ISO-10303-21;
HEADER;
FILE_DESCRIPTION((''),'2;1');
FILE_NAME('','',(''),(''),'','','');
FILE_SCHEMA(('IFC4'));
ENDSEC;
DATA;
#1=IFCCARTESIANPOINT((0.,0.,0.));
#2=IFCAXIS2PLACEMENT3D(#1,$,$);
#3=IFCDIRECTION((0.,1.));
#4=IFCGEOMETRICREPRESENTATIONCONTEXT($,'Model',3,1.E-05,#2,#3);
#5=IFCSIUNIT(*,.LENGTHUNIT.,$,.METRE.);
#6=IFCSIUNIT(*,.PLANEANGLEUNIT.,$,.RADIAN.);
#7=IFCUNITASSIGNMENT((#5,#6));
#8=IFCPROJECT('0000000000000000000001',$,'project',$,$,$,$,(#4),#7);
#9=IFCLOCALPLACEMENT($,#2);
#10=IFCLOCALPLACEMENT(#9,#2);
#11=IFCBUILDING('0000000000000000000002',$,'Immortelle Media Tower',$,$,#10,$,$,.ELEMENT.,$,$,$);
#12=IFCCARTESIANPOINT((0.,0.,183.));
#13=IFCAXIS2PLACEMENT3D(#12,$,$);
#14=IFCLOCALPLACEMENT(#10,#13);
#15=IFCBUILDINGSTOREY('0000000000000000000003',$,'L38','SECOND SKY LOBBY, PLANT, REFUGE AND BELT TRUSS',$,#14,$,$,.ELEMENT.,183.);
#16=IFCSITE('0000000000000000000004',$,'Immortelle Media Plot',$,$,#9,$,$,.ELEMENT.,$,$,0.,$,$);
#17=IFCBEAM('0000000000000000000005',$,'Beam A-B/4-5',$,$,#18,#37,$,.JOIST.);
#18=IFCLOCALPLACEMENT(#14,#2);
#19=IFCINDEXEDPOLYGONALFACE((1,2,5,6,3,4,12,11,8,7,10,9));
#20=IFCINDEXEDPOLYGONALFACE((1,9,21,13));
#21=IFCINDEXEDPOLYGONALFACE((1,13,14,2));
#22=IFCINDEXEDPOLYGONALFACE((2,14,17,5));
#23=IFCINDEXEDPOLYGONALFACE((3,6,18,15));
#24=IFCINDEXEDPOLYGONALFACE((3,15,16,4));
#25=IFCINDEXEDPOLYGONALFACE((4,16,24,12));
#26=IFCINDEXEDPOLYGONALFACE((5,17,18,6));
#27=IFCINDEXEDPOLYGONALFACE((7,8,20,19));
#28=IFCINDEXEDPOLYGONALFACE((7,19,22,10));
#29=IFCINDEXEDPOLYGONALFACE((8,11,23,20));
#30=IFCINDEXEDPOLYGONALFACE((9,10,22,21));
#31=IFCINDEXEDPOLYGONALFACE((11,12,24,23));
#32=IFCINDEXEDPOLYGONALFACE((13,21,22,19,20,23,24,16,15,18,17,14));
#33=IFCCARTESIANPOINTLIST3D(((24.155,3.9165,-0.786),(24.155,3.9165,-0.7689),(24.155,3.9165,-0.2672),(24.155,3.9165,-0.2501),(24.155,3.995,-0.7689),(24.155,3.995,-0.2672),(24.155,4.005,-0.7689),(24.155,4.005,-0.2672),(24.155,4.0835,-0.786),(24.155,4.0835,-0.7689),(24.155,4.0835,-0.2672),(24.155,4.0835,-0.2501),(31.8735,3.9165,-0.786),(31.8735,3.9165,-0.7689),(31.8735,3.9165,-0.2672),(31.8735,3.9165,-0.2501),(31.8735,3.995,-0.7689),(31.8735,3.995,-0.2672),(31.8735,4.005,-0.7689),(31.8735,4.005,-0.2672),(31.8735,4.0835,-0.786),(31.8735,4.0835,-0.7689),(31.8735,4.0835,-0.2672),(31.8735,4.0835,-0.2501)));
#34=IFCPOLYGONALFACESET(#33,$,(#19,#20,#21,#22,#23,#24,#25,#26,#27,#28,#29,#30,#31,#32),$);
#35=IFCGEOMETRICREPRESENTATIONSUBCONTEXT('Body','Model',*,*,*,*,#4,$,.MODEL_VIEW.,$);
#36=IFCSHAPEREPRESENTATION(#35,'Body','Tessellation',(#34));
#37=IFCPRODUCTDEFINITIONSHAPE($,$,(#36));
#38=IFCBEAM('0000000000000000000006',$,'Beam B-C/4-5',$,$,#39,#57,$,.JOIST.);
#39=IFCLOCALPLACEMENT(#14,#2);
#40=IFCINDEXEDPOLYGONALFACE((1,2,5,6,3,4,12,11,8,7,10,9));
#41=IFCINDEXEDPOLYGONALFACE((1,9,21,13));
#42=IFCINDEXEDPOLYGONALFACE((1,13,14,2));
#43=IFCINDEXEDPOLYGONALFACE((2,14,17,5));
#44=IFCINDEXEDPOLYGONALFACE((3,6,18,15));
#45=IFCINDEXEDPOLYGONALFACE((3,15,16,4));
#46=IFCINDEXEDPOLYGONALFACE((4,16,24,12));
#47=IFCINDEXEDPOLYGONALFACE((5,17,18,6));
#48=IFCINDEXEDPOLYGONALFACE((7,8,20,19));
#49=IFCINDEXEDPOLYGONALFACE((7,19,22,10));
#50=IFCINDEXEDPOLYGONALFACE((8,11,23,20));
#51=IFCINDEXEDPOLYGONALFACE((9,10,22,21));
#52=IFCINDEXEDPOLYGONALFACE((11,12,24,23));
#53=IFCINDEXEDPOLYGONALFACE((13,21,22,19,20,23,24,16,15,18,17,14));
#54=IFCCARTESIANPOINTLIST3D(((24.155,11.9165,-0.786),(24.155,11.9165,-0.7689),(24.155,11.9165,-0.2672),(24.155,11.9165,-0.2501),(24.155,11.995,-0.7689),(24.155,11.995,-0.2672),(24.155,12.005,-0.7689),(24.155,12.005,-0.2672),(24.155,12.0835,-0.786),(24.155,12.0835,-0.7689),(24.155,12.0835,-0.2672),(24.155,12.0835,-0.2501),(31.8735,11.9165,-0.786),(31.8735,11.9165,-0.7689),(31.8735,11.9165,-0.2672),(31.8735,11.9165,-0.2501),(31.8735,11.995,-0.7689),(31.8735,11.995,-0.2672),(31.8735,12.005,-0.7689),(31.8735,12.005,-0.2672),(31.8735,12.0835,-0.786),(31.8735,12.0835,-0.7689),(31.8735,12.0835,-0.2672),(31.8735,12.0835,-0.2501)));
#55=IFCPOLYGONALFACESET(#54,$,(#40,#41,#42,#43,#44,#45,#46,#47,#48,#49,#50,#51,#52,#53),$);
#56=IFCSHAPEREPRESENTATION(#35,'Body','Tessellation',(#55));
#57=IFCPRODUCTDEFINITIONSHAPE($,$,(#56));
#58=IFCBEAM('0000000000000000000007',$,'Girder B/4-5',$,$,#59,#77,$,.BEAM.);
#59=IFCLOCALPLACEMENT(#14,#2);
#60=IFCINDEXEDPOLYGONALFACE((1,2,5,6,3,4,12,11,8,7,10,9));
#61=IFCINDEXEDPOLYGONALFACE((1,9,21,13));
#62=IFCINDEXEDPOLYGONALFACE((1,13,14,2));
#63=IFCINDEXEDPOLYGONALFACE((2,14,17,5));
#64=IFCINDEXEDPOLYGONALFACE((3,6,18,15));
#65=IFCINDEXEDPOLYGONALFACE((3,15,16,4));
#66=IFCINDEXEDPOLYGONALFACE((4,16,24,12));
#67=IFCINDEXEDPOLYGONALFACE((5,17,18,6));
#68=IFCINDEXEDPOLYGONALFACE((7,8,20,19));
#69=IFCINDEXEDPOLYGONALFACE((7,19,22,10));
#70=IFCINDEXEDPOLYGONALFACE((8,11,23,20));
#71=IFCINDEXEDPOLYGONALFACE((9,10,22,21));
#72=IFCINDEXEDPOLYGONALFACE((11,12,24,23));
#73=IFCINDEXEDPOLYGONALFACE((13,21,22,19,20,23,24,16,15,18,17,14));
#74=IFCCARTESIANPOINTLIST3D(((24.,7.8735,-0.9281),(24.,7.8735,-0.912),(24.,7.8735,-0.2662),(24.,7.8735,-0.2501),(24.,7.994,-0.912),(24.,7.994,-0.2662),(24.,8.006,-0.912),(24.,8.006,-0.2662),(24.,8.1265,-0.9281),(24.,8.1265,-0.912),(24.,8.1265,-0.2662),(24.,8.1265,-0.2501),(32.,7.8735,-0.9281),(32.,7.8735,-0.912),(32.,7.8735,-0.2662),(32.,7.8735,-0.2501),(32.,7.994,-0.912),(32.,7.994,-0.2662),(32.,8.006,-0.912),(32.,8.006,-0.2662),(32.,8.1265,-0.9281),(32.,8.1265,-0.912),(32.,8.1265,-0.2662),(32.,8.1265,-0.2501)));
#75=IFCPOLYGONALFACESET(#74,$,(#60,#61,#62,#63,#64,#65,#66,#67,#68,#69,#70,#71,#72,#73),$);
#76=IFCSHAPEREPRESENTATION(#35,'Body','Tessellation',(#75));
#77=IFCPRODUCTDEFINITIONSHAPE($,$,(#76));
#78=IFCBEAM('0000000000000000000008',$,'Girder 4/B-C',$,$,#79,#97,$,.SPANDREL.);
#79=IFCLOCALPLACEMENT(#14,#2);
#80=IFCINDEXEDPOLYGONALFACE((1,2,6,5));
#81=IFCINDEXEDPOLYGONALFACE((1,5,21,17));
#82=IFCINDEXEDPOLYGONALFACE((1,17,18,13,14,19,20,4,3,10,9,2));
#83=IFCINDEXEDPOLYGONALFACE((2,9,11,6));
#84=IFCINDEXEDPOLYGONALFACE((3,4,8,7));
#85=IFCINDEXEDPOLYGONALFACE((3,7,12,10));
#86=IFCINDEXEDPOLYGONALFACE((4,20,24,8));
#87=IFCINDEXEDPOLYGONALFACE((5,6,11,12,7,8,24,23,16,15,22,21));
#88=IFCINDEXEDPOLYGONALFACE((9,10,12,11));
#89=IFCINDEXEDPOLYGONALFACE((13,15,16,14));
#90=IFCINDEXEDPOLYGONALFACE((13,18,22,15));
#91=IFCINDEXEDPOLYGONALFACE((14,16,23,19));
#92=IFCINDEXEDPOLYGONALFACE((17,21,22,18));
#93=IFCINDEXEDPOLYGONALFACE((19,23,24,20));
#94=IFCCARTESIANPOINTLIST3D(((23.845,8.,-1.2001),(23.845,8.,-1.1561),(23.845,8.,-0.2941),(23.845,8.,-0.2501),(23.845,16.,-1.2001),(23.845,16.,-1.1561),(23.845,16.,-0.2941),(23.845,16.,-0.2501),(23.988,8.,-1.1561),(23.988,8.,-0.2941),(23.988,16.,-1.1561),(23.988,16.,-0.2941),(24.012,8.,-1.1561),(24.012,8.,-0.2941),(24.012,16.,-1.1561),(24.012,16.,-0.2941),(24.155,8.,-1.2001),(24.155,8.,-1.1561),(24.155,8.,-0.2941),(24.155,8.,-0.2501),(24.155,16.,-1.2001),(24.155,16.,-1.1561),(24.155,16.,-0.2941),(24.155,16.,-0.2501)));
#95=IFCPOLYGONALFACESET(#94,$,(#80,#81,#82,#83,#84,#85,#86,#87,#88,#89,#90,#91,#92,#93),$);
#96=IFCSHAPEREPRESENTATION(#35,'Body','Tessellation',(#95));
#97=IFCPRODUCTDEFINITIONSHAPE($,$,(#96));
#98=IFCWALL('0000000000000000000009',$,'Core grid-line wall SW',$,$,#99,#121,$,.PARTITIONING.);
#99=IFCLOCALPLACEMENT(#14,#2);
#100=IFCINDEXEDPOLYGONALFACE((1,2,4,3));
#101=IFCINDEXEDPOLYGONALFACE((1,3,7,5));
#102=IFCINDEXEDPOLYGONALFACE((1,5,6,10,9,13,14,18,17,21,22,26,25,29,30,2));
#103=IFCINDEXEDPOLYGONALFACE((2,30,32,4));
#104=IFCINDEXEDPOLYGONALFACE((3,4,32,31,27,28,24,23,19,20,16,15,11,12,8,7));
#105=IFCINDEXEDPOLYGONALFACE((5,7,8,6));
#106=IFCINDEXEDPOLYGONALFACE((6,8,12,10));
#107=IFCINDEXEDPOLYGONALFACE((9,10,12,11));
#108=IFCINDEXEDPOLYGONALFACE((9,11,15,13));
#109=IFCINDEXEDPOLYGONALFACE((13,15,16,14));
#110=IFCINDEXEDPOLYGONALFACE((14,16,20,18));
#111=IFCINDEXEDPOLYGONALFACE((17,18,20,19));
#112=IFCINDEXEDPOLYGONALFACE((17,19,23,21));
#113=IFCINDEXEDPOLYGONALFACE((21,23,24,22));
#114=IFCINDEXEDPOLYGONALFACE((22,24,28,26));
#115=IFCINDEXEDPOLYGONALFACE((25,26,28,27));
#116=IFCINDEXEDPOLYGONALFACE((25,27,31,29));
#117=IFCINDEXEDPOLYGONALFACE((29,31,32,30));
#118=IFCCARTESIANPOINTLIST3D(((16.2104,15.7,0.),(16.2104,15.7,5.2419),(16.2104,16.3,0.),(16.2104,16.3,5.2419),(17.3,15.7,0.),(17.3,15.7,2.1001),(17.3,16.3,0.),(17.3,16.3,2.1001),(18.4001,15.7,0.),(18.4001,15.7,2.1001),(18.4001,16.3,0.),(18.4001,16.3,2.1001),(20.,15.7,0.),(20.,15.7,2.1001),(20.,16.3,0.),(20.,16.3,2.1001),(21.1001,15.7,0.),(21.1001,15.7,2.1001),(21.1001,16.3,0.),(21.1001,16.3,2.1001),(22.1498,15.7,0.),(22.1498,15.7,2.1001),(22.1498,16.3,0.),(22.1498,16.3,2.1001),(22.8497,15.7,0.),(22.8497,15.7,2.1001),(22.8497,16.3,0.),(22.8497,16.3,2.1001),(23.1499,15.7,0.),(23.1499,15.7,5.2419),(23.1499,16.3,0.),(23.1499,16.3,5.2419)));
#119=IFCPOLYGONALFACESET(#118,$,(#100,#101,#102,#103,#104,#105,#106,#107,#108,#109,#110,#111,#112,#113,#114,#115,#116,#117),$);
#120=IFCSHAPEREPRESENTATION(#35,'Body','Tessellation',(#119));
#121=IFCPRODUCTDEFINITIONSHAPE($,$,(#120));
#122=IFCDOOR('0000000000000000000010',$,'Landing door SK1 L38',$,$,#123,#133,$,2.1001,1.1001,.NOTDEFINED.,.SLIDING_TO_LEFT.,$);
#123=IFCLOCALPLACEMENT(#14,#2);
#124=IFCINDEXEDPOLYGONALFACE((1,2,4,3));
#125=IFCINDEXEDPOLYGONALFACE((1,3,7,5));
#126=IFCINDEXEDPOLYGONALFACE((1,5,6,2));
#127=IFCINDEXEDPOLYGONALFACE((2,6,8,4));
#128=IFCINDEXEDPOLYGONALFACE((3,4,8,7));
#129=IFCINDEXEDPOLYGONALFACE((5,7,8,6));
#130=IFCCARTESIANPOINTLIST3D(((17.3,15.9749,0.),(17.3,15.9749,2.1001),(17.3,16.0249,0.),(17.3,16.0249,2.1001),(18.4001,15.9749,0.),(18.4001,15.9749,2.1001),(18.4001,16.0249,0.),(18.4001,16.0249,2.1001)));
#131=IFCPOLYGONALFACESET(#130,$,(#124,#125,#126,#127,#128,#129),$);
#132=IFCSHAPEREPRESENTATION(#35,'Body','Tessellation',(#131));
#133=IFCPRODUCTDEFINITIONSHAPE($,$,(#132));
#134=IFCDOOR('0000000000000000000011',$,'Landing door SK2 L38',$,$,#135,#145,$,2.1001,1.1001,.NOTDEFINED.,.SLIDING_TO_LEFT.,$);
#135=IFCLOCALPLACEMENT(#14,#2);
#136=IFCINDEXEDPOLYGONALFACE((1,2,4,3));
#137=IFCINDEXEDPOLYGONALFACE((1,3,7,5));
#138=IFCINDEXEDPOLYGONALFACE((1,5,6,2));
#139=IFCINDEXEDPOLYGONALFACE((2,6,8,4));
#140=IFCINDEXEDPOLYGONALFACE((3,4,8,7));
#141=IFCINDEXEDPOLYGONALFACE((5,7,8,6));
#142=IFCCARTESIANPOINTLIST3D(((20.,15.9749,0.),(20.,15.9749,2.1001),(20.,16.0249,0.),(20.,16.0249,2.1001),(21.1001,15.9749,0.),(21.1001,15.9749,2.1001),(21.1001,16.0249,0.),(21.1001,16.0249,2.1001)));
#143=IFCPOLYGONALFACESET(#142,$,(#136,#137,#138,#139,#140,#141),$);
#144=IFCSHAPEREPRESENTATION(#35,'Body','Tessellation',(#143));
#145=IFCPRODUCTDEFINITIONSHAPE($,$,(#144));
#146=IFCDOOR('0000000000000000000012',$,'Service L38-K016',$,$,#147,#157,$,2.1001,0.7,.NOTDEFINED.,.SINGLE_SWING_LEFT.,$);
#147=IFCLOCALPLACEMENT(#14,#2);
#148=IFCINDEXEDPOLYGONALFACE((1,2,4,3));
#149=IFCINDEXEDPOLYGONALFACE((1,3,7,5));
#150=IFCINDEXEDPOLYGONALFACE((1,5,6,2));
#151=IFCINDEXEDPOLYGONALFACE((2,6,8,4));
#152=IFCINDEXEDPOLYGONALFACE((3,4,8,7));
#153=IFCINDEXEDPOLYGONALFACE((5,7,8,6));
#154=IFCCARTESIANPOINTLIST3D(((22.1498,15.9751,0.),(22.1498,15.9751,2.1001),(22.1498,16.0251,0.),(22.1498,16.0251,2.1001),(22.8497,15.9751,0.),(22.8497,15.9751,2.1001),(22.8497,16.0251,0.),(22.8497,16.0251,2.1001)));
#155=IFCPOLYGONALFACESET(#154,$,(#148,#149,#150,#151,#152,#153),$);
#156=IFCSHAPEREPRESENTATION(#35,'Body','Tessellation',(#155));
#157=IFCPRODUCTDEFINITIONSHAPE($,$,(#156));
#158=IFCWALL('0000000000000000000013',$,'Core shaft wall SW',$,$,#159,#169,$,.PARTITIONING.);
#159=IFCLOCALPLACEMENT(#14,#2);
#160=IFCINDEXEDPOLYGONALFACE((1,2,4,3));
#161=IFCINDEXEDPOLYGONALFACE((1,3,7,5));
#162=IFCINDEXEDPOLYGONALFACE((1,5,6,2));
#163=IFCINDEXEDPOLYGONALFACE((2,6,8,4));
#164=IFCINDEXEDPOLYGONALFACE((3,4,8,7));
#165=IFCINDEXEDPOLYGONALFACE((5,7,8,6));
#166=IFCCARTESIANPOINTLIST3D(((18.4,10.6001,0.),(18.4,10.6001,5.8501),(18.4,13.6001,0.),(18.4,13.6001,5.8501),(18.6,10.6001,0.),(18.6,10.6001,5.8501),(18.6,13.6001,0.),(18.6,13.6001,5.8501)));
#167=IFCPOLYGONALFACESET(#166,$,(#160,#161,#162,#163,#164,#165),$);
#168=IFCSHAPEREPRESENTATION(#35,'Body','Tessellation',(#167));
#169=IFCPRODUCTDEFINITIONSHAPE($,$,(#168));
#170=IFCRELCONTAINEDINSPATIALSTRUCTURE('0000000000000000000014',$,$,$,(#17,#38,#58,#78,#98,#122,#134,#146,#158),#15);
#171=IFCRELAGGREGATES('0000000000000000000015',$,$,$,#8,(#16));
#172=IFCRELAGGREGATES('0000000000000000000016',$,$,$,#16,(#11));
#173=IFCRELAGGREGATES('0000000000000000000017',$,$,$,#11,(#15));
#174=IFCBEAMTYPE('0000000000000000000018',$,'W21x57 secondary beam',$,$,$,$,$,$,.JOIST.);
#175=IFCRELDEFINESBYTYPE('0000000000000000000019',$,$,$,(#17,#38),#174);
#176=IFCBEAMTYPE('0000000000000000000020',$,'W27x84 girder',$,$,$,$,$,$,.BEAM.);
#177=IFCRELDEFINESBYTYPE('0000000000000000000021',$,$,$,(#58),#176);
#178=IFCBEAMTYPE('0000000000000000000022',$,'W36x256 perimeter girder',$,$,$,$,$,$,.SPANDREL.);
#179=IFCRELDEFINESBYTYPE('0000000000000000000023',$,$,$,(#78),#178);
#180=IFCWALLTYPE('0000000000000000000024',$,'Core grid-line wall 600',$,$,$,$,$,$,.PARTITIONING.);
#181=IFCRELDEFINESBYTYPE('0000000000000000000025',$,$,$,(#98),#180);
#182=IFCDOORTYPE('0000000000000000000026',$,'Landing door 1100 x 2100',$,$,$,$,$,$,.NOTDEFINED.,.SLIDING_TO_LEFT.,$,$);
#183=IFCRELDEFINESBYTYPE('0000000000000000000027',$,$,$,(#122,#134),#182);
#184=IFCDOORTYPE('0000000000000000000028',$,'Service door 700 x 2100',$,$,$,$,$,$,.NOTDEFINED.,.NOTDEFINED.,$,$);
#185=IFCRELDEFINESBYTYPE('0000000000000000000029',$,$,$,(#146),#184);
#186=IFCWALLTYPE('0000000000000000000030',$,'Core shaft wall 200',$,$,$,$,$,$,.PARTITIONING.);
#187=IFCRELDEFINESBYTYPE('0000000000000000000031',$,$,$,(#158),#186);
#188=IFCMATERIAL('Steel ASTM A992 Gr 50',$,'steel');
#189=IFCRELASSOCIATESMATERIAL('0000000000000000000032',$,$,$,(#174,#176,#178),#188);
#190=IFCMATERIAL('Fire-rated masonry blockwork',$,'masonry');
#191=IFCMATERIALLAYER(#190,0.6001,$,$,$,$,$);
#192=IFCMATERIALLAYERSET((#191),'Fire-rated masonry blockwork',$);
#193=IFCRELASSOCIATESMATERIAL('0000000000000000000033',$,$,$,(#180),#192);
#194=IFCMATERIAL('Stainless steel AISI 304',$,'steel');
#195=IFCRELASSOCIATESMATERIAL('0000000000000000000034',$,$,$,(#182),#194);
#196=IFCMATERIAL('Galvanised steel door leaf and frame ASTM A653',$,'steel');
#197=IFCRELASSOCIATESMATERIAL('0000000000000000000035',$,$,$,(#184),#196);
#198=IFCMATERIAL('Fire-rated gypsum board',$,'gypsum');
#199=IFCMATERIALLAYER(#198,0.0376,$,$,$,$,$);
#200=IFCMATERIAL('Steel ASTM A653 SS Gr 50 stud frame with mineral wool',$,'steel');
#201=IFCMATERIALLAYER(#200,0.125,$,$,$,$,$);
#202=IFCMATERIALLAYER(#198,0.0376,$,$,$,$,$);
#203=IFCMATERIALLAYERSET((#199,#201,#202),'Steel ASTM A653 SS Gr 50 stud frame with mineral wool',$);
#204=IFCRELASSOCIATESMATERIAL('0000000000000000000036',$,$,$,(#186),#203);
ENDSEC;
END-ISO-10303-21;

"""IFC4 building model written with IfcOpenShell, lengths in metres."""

from ifc_helpers import new_model, si_unit, direction, frame, frame_2d, origin, origin_2d, place, context, subcontext, project, spatial, rectangle, i_section, extrude, material, layer, layer_set, material_profile, profile_set, type_object, element, fill, save


model = new_model("IFC4")

# Units and contexts
model_context = context("Model", 3, precision=1e-05, world=origin(), true_north=direction((0.0, 1.0)))
body_context = subcontext(model_context, "Body", "Model", "MODEL_VIEW")
ifc_project = project(units=[si_unit("LENGTHUNIT", "METRE"), si_unit("PLANEANGLEUNIT", "RADIAN")], contexts=[model_context])

# Site, building, storey
site_placement = place(None, origin())
site = spatial("IfcSite", under=ifc_project, at=site_placement, Name="Immortelle Media Plot", CompositionType="ELEMENT", RefElevation=0.0)
building_placement = place(site_placement, origin())
building = spatial("IfcBuilding", under=site, at=building_placement, Name="Immortelle Media Tower", CompositionType="ELEMENT")
storey_placement = place(building_placement, frame((0.0, 0.0, 183.0)))
storey = spatial("IfcBuildingStorey", under=building, at=storey_placement, Name="L38", Description="SECOND SKY LOBBY, PLANT, REFUGE AND BELT TRUSS", CompositionType="ELEMENT", Elevation=183.0)

# Shared definitions
ifc_material_1 = material(Name="Steel ASTM A992 Gr 50", Category="steel")

# Beams
ifc_material_profile_1 = material_profile(ifc_material_1, i_section(OverallWidth=0.167, OverallDepth=0.5359, WebThickness=0.01, FlangeThickness=0.0171, at=origin_2d()), Name="W21x57")
ifc_profile_set_1 = profile_set([ifc_material_profile_1], Name="Steel ASTM A992 Gr 50")
beam_type_1 = type_object("IfcBeamType", Name="W21x57 secondary beam", PredefinedType="JOIST", material=ifc_profile_set_1)
for number, where, z_axis, x_axis, name in (
    (1, (24.155, 4.0, -0.5181), (1.0, 0.0, 0.0), (0.0, 1.0, 0.0), "Beam A-B/4-5"),
    (2, (24.155, 12.0, -0.5181), (1.0, 0.0, 0.0), (0.0, 1.0, 0.0), "Beam B-C/4-5"),
):
    element("IfcBeam", number, at=place(storey_placement, frame(where, z_axis=z_axis, x_axis=x_axis)), inside=storey, type_object=beam_type_1, Name=name, PredefinedType="JOIST", context=body_context, shape_type="SweptSolid", body=[
        extrude(i_section(OverallWidth=0.167, OverallDepth=0.5359, WebThickness=0.01, FlangeThickness=0.0171, at=origin_2d()), origin(), (0.0, 0.0, 1.0), 7.7185),
    ])
ifc_material_profile_2 = material_profile(ifc_material_1, i_section(OverallWidth=0.2529, OverallDepth=0.678, WebThickness=0.012, FlangeThickness=0.0161, at=origin_2d()), Name="W27x84")
ifc_profile_set_2 = profile_set([ifc_material_profile_2], Name="Steel ASTM A992 Gr 50")
beam_type_2 = type_object("IfcBeamType", Name="W27x84 girder", PredefinedType="BEAM", material=ifc_profile_set_2)
beam_1_placement = place(storey_placement, frame((24.0, 8.0, -0.5891), z_axis=(1.0, 0.0, 0.0), x_axis=(0.0, 1.0, 0.0)))
element("IfcBeam", 3, at=beam_1_placement, inside=storey, type_object=beam_type_2, Name="Girder B/4-5", PredefinedType="BEAM", context=body_context, shape_type="SweptSolid", body=[
    extrude(i_section(OverallWidth=0.2529, OverallDepth=0.678, WebThickness=0.012, FlangeThickness=0.0161, at=origin_2d()), origin(), (0.0, 0.0, 1.0), 8.0),
])
ifc_material_profile_3 = material_profile(ifc_material_1, i_section(OverallWidth=0.3101, OverallDepth=0.95, WebThickness=0.0239, FlangeThickness=0.0439, at=origin_2d()), Name="W36x256")
ifc_profile_set_3 = profile_set([ifc_material_profile_3], Name="Steel ASTM A992 Gr 50")
beam_type_3 = type_object("IfcBeamType", Name="W36x256 perimeter girder", PredefinedType="SPANDREL", material=ifc_profile_set_3)
beam_2_placement = place(storey_placement, frame((24.0, 8.0, -0.7251), z_axis=(0.0, 1.0, 0.0), x_axis=(-1.0, 0.0, 0.0)))
element("IfcBeam", 4, at=beam_2_placement, inside=storey, type_object=beam_type_3, Name="Girder 4/B-C", PredefinedType="SPANDREL", context=body_context, shape_type="SweptSolid", body=[
    extrude(i_section(OverallWidth=0.3101, OverallDepth=0.95, WebThickness=0.0239, FlangeThickness=0.0439, at=origin_2d()), origin(), (0.0, 0.0, 1.0), 8.0),
])

# Wall, openings, doors
ifc_material_2 = material(Name="Fire-rated masonry blockwork", Category="masonry")
ifc_layer_1 = layer(ifc_material_2, 0.6001)
ifc_layer_set_1 = layer_set([ifc_layer_1], Name="Fire-rated masonry blockwork")
wall_type_1 = type_object("IfcWallType", Name="Core grid-line wall 600", PredefinedType="PARTITIONING", material=ifc_layer_set_1)
wall_1_placement = place(storey_placement, frame((16.2104, 16.0, 0.0), z_axis=(0.0, 0.0, 1.0), x_axis=(1.0, 0.0, 0.0)))
wall_1 = element("IfcWall", 5, at=wall_1_placement, inside=storey, type_object=wall_type_1, Name="Core grid-line wall SW", PredefinedType="PARTITIONING", context=body_context, shape_type="SweptSolid", body=[
    extrude(rectangle(XDim=6.9395, YDim=0.6001, at=frame_2d((3.4697, 0.0))), origin(), (0.0, 0.0, 1.0), 5.2419),
])
opening_1_placement = place(wall_1_placement, frame((1.0896, 0.0, 0.0)))
opening_1 = element("IfcOpeningElement", 6, at=opening_1_placement, cuts=wall_1, PredefinedType="OPENING", context=body_context, shape_type="SweptSolid", body=[
    extrude(rectangle(XDim=1.1001, YDim=2.1001, at=frame_2d((0.55, 1.05))), frame((0.0, 0.3101, 0.0), z_axis=(0.0, -1.0, 0.0), x_axis=(1.0, 0.0, 0.0)), (0.0, 0.0, 1.0), 0.6201),
])
opening_2_placement = place(wall_1_placement, frame((3.7896, 0.0, 0.0)))
opening_2 = element("IfcOpeningElement", 7, at=opening_2_placement, cuts=wall_1, PredefinedType="OPENING", context=body_context, shape_type="SweptSolid", body=[
    extrude(rectangle(XDim=1.1001, YDim=2.1001, at=frame_2d((0.55, 1.05))), frame((0.0, 0.3101, 0.0), z_axis=(0.0, -1.0, 0.0), x_axis=(1.0, 0.0, 0.0)), (0.0, 0.0, 1.0), 0.6201),
])
opening_3_placement = place(wall_1_placement, frame((6.6394, 0.0, 0.0), z_axis=(0.0, 0.0, 1.0), x_axis=(-1.0, 0.0, 0.0)))
opening_3 = element("IfcOpeningElement", 8, at=opening_3_placement, cuts=wall_1, PredefinedType="OPENING", context=body_context, shape_type="SweptSolid", body=[
    extrude(rectangle(XDim=0.7, YDim=2.1001, at=frame_2d((0.3501, 1.05))), frame((0.0, 0.3101, 0.0), z_axis=(0.0, -1.0, 0.0), x_axis=(1.0, 0.0, 0.0)), (0.0, 0.0, 1.0), 0.6201),
])
ifc_material_3 = material(Name="Stainless steel AISI 304", Category="steel")
door_type_1 = type_object("IfcDoorType", Name="Landing door 1100 x 2100", OperationType="SLIDING_TO_LEFT", PredefinedType="NOTDEFINED", material=ifc_material_3)
door_1_placement = place(opening_1_placement, origin())
door_1 = element("IfcDoor", 9, at=door_1_placement, inside=storey, type_object=door_type_1, Name="Landing door SK1 L38", OperationType="SLIDING_TO_LEFT", OverallHeight=2.1001, OverallWidth=1.1001, PredefinedType="NOTDEFINED", context=body_context, shape_type="SweptSolid", body=[
    extrude(rectangle(XDim=1.1001, YDim=2.1001, at=frame_2d((0.55, 1.05))), frame((0.0, 0.0249, 0.0), z_axis=(0.0, -1.0, 0.0), x_axis=(1.0, 0.0, 0.0)), (0.0, 0.0, 1.0), 0.05),
])
fill(opening_1, door_1)
door_2_placement = place(opening_2_placement, origin())
door_2 = element("IfcDoor", 10, at=door_2_placement, inside=storey, type_object=door_type_1, Name="Landing door SK2 L38", OperationType="SLIDING_TO_LEFT", OverallHeight=2.1001, OverallWidth=1.1001, PredefinedType="NOTDEFINED", context=body_context, shape_type="SweptSolid", body=[
    extrude(rectangle(XDim=1.1001, YDim=2.1001, at=frame_2d((0.55, 1.05))), frame((0.0, 0.0249, 0.0), z_axis=(0.0, -1.0, 0.0), x_axis=(1.0, 0.0, 0.0)), (0.0, 0.0, 1.0), 0.05),
])
fill(opening_2, door_2)
ifc_material_4 = material(Name="Galvanised steel door leaf and frame ASTM A653", Category="steel")
door_type_2 = type_object("IfcDoorType", Name="Service door 700 x 2100", OperationType="NOTDEFINED", PredefinedType="NOTDEFINED", material=ifc_material_4)
door_3_placement = place(opening_3_placement, origin())
door_3 = element("IfcDoor", 11, at=door_3_placement, inside=storey, type_object=door_type_2, Name="Service L38-K016", OperationType="SINGLE_SWING_LEFT", OverallHeight=2.1001, OverallWidth=0.7, PredefinedType="NOTDEFINED", context=body_context, shape_type="SweptSolid", body=[
    extrude(rectangle(XDim=0.7, YDim=2.1001, at=frame_2d((0.3501, 1.05))), frame((0.0, 0.0249, 0.0), z_axis=(0.0, -1.0, 0.0), x_axis=(1.0, 0.0, 0.0)), (0.0, 0.0, 1.0), 0.05),
])
fill(opening_3, door_3)

# Wall
ifc_material_5 = material(Name="Fire-rated gypsum board", Category="gypsum")
ifc_layer_2 = layer(ifc_material_5, 0.0376)
ifc_material_6 = material(Name="Steel ASTM A653 SS Gr 50 stud frame with mineral wool", Category="steel")
ifc_layer_3 = layer(ifc_material_6, 0.125)
ifc_layer_4 = layer(ifc_material_5, 0.0376)
ifc_layer_set_2 = layer_set([ifc_layer_2, ifc_layer_3, ifc_layer_4], Name="Steel ASTM A653 SS Gr 50 stud frame with mineral wool")
wall_type_2 = type_object("IfcWallType", Name="Core shaft wall 200", PredefinedType="PARTITIONING", material=ifc_layer_set_2)
wall_2_placement = place(storey_placement, frame((18.5, 10.6001, 0.0), z_axis=(0.0, 0.0, 1.0), x_axis=(0.0, 1.0, 0.0)))
element("IfcWall", 12, at=wall_2_placement, inside=storey, type_object=wall_type_2, Name="Core shaft wall SW", PredefinedType="PARTITIONING", context=body_context, shape_type="SweptSolid", body=[
    extrude(rectangle(XDim=3.0, YDim=0.2, at=frame_2d((1.5, 0.0))), origin(), (0.0, 0.0, 1.0), 5.8501),
])

save(model, "model.ifc")
